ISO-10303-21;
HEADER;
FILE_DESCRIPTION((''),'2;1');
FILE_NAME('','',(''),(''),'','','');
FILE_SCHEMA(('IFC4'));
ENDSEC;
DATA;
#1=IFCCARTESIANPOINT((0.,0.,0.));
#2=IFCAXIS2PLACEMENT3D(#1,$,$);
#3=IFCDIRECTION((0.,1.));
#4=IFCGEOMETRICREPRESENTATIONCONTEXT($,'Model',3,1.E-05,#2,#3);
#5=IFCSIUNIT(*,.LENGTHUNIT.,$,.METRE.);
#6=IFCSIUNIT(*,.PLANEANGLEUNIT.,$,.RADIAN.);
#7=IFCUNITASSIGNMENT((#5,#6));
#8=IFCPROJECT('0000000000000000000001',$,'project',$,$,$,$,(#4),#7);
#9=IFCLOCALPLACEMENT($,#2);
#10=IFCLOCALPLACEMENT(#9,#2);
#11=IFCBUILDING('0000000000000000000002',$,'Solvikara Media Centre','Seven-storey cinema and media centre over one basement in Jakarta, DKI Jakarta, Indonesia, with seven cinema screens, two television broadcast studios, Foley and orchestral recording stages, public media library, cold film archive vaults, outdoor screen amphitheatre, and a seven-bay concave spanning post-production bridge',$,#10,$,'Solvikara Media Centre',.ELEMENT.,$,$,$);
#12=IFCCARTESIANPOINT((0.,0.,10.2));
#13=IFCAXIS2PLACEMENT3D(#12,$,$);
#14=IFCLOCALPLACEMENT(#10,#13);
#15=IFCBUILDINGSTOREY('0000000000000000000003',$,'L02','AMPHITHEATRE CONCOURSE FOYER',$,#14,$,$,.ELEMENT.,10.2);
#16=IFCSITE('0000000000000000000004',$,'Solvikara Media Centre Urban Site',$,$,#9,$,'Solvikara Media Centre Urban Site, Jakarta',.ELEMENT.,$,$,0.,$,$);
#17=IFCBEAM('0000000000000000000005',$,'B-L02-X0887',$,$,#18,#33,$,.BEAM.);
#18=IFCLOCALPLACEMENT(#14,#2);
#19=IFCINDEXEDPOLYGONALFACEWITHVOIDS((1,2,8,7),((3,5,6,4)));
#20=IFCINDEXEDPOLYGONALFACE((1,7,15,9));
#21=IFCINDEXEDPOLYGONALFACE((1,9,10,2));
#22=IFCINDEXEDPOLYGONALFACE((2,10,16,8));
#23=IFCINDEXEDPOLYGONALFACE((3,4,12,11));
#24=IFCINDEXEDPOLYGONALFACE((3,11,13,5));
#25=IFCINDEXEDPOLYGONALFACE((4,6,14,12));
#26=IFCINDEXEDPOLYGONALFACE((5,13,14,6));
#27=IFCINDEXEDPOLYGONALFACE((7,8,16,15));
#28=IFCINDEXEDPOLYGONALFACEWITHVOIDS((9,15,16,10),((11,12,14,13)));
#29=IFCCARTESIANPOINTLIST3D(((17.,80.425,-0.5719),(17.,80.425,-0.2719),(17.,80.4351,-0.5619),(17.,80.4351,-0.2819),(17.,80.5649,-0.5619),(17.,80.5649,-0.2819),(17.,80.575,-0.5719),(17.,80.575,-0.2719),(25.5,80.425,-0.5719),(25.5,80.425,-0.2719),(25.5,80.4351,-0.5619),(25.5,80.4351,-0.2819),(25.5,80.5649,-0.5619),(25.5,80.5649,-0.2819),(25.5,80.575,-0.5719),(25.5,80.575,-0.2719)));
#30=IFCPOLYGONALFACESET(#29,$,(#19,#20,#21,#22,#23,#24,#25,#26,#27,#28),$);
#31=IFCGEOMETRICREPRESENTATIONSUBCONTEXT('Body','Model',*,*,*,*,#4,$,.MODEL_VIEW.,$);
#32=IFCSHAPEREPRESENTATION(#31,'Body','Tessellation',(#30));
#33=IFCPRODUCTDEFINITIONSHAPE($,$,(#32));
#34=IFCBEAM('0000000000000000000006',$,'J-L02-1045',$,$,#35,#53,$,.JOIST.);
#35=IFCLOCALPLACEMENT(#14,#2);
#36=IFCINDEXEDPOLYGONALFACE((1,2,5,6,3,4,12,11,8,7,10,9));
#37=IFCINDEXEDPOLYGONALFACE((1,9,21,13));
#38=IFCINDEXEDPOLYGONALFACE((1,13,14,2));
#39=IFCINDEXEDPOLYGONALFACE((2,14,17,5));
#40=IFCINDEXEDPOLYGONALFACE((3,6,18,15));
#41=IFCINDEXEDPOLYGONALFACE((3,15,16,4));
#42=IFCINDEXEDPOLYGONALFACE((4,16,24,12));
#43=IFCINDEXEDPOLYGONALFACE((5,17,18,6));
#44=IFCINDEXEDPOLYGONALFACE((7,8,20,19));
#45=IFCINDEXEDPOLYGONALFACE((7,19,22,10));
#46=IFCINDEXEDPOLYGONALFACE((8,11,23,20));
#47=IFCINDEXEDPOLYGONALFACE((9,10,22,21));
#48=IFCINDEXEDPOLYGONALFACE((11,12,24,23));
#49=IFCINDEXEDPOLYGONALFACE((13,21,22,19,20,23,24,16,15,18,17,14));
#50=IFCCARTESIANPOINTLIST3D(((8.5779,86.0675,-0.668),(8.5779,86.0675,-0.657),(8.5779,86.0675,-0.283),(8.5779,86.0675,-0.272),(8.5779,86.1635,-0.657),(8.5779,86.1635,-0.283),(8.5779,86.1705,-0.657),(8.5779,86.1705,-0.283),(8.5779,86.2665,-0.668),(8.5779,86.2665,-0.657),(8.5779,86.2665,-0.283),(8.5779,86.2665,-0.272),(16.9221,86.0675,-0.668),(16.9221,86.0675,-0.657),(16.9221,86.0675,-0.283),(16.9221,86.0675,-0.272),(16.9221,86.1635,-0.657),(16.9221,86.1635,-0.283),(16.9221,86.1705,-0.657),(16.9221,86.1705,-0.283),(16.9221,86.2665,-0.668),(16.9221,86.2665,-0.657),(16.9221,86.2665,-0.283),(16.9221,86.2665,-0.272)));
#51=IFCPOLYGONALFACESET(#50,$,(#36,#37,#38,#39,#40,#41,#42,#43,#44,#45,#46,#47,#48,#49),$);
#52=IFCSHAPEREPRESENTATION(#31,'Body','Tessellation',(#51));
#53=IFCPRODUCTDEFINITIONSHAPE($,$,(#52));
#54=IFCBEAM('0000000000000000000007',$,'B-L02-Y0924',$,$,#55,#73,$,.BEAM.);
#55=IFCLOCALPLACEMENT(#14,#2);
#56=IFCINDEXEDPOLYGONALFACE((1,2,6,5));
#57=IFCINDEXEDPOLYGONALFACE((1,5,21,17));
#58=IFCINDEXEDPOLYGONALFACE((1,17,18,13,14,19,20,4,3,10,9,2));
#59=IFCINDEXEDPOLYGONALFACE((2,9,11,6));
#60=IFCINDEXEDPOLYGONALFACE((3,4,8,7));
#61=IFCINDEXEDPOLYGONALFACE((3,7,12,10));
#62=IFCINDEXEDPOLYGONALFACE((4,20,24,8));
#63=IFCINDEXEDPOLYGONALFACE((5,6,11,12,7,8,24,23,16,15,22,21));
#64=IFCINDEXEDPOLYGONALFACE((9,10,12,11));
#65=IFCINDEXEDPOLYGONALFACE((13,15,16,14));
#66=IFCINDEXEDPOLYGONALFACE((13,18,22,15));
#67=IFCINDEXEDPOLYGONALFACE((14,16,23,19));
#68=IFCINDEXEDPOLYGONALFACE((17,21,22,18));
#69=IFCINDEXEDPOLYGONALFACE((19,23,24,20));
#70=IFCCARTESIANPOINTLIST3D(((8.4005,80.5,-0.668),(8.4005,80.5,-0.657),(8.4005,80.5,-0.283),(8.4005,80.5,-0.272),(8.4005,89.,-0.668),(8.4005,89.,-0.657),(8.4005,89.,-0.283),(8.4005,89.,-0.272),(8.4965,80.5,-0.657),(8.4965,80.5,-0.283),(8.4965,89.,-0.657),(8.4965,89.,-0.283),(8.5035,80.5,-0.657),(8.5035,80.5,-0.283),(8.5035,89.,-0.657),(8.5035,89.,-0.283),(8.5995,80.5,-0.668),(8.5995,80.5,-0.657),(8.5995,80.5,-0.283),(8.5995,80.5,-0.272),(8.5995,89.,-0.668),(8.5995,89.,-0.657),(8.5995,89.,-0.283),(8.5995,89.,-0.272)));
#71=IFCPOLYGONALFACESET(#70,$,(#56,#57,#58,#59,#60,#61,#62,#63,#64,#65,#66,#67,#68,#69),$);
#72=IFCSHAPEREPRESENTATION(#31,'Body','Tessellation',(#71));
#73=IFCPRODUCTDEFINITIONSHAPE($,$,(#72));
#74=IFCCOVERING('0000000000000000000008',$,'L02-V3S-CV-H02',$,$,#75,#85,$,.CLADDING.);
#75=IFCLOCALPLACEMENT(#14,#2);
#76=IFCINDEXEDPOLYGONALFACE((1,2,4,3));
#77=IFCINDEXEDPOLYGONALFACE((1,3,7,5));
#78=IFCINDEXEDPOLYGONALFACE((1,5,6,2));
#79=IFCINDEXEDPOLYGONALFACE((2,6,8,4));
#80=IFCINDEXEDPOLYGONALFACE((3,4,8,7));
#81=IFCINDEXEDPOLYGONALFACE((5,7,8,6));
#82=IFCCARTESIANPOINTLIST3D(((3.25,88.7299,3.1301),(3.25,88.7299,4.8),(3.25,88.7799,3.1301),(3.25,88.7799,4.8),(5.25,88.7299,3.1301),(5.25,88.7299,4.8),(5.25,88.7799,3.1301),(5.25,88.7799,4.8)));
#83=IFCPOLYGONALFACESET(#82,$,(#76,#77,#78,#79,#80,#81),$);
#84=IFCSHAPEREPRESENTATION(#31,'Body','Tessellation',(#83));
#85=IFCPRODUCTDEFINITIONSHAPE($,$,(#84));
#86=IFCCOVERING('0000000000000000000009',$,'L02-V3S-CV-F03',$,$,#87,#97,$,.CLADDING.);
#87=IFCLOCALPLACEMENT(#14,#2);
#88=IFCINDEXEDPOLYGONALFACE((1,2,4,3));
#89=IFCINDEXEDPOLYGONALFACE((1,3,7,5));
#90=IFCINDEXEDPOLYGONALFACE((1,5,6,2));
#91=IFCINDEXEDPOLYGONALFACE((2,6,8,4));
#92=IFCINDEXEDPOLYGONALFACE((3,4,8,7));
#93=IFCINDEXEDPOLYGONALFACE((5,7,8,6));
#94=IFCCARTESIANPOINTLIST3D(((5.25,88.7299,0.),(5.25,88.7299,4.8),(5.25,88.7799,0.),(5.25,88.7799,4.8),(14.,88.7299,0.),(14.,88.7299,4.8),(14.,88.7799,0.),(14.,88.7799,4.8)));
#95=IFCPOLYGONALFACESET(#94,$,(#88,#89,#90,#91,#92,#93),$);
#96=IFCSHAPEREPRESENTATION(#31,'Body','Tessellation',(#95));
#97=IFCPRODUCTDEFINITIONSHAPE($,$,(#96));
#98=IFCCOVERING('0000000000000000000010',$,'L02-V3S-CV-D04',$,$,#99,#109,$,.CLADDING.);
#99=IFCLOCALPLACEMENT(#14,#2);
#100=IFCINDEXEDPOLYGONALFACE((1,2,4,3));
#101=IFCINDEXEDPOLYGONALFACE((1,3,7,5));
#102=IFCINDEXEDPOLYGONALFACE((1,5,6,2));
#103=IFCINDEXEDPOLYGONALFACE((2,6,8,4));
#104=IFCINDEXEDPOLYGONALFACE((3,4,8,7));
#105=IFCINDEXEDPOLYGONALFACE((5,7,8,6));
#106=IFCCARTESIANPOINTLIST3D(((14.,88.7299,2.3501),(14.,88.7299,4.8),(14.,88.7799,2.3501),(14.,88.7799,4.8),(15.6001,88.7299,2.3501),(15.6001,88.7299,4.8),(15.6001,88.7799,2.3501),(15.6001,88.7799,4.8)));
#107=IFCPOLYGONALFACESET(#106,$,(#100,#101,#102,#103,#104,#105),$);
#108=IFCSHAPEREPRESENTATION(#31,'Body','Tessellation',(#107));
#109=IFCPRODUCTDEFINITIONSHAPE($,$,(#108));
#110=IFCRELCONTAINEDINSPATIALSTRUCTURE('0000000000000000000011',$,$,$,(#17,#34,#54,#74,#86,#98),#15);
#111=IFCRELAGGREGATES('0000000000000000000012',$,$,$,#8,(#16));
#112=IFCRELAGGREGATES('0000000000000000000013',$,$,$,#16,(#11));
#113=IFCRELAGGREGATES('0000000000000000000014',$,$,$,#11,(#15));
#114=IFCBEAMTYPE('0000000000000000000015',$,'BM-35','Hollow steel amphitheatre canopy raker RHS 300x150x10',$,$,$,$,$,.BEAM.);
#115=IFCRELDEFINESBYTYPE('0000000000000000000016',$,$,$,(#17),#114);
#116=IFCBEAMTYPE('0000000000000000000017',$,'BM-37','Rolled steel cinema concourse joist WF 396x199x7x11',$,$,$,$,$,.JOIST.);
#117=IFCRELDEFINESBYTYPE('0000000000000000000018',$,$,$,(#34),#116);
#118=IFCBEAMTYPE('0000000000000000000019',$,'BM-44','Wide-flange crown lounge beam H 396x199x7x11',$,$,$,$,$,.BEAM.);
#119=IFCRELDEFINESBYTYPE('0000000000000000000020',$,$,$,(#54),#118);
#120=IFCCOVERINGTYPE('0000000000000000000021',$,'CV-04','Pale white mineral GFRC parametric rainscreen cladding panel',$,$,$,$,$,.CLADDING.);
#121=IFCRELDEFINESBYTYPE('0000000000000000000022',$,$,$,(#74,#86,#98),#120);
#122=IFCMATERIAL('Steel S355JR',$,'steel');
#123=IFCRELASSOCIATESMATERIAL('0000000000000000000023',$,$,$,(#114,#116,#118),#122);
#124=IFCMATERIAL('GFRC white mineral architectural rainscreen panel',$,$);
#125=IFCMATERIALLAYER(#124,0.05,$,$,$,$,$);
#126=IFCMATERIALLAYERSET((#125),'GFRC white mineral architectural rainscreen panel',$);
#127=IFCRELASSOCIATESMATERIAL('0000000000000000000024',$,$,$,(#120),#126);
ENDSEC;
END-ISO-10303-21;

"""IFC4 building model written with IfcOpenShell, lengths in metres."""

from ifc_helpers import new_model, si_unit, direction, frame, origin, origin_2d, place, context, subcontext, project, spatial, rectangle, hollow_rectangle, i_section, extrude, material, layer, layer_set, material_profile, profile_set, type_object, element, save


model = new_model("IFC4")

# Units and contexts
model_context = context("Model", 3, precision=1e-05, world=origin(), true_north=direction((0.0, 1.0)))
body_context = subcontext(model_context, "Body", "Model", "MODEL_VIEW")
ifc_project = project(units=[si_unit("LENGTHUNIT", "METRE"), si_unit("PLANEANGLEUNIT", "RADIAN")], contexts=[model_context])

# Site, building, storey
site_placement = place(None, origin())
site = spatial("IfcSite", under=ifc_project, at=site_placement, Name="Solvikara Media Centre Urban Site", LongName="Solvikara Media Centre Urban Site, Jakarta", CompositionType="ELEMENT", RefElevation=0.0)
building_placement = place(site_placement, origin())
building = spatial("IfcBuilding", under=site, at=building_placement, Name="Solvikara Media Centre", Description="Seven-storey cinema and media centre over one basement in Jakarta, DKI Jakarta, Indonesia, with seven cinema screens, two television broadcast studios, Foley and orchestral recording stages, public media library, cold film archive vaults, outdoor screen amphitheatre, and a seven-bay concave spanning post-production bridge", LongName="Solvikara Media Centre", CompositionType="ELEMENT")
storey_placement = place(building_placement, frame((0.0, 0.0, 10.2)))
storey = spatial("IfcBuildingStorey", under=building, at=storey_placement, Name="L02", Description="AMPHITHEATRE CONCOURSE FOYER", CompositionType="ELEMENT", Elevation=10.2)

# Beams
ifc_material_1 = material(Name="Steel S355JR", Category="steel")
ifc_material_profile_1 = material_profile(ifc_material_1, hollow_rectangle(XDim=0.1499, YDim=0.3, WallThickness=0.01, at=origin_2d()), Name="RHS 300x150x10")
ifc_profile_set_1 = profile_set([ifc_material_profile_1], Name="Steel S355JR")
beam_type_1 = type_object("IfcBeamType", Name="BM-35", Description="Hollow steel amphitheatre canopy raker RHS 300x150x10", PredefinedType="BEAM", material=ifc_profile_set_1)
beam_1_placement = place(storey_placement, frame((17.0, 80.5, -0.4219), z_axis=(1.0, 0.0, 0.0), x_axis=(0.0, 1.0, 0.0)))
element("IfcBeam", 1, at=beam_1_placement, inside=storey, type_object=beam_type_1, Name="B-L02-X0887", PredefinedType="BEAM", context=body_context, shape_type="SweptSolid", body=[
    extrude(hollow_rectangle(XDim=0.1499, YDim=0.3, WallThickness=0.01, at=origin_2d()), origin(), (0.0, 0.0, 1.0), 8.5),
])
ifc_material_profile_2 = material_profile(ifc_material_1, i_section(OverallWidth=0.199, OverallDepth=0.396, WebThickness=0.0071, FlangeThickness=0.011, at=origin_2d()), Name="WF 396x199x7x11")
ifc_profile_set_2 = profile_set([ifc_material_profile_2], Name="Steel S355JR")
beam_type_2 = type_object("IfcBeamType", Name="BM-37", Description="Rolled steel cinema concourse joist WF 396x199x7x11", PredefinedType="JOIST", material=ifc_profile_set_2)
beam_2_placement = place(storey_placement, frame((8.5779, 86.167, -0.47), z_axis=(1.0, 0.0, 0.0), x_axis=(0.0, 1.0, 0.0)))
element("IfcBeam", 2, at=beam_2_placement, inside=storey, type_object=beam_type_2, Name="J-L02-1045", PredefinedType="JOIST", context=body_context, shape_type="SweptSolid", body=[
    extrude(i_section(OverallWidth=0.199, OverallDepth=0.396, WebThickness=0.0071, FlangeThickness=0.011, at=origin_2d()), origin(), (0.0, 0.0, 1.0), 8.3442),
])
ifc_material_profile_3 = material_profile(ifc_material_1, i_section(OverallWidth=0.199, OverallDepth=0.396, WebThickness=0.0071, FlangeThickness=0.011, at=origin_2d()), Name="H 396x199x7x11")
ifc_profile_set_3 = profile_set([ifc_material_profile_3], Name="Steel S355JR")
beam_type_3 = type_object("IfcBeamType", Name="BM-44", Description="Wide-flange crown lounge beam H 396x199x7x11", PredefinedType="BEAM", material=ifc_profile_set_3)
beam_3_placement = place(storey_placement, frame((8.5, 80.5, -0.47), z_axis=(0.0, 1.0, 0.0), x_axis=(-1.0, 0.0, 0.0)))
element("IfcBeam", 3, at=beam_3_placement, inside=storey, type_object=beam_type_3, Name="B-L02-Y0924", PredefinedType="BEAM", context=body_context, shape_type="SweptSolid", body=[
    extrude(i_section(OverallWidth=0.199, OverallDepth=0.396, WebThickness=0.0071, FlangeThickness=0.011, at=origin_2d()), origin(), (0.0, 0.0, 1.0), 8.5),
])

# Coverings
ifc_material_2 = material(Name="GFRC white mineral architectural rainscreen panel")
ifc_layer = layer(ifc_material_2, 0.05)
ifc_layer_set = layer_set([ifc_layer], Name="GFRC white mineral architectural rainscreen panel")
covering_type = type_object("IfcCoveringType", Name="CV-04", Description="Pale white mineral GFRC parametric rainscreen cladding panel", PredefinedType="CLADDING", material=ifc_layer_set)
covering_1_placement = place(storey_placement, frame((4.25, 88.7549, 3.1301), z_axis=(0.0, 0.0, 1.0), x_axis=(1.0, 0.0, 0.0)))
element("IfcCovering", 4, at=covering_1_placement, inside=storey, type_object=covering_type, Name="L02-V3S-CV-H02", PredefinedType="CLADDING", context=body_context, shape_type="SweptSolid", body=[
    extrude(rectangle(XDim=2.0, YDim=0.05, at=origin_2d()), origin(), (0.0, 0.0, 1.0), 1.6699),
])
covering_2_placement = place(storey_placement, frame((9.625, 88.7549, 0.0), z_axis=(0.0, 0.0, 1.0), x_axis=(1.0, 0.0, 0.0)))
element("IfcCovering", 5, at=covering_2_placement, inside=storey, type_object=covering_type, Name="L02-V3S-CV-F03", PredefinedType="CLADDING", context=body_context, shape_type="SweptSolid", body=[
    extrude(rectangle(XDim=8.75, YDim=0.05, at=origin_2d()), origin(), (0.0, 0.0, 1.0), 4.8),
])
covering_3_placement = place(storey_placement, frame((14.8, 88.7549, 2.3501), z_axis=(0.0, 0.0, 1.0), x_axis=(1.0, 0.0, 0.0)))
element("IfcCovering", 6, at=covering_3_placement, inside=storey, type_object=covering_type, Name="L02-V3S-CV-D04", PredefinedType="CLADDING", context=body_context, shape_type="SweptSolid", body=[
    extrude(rectangle(XDim=1.6001, YDim=0.05, at=origin_2d()), origin(), (0.0, 0.0, 1.0), 2.45),
])

save(model, "model.ifc")
